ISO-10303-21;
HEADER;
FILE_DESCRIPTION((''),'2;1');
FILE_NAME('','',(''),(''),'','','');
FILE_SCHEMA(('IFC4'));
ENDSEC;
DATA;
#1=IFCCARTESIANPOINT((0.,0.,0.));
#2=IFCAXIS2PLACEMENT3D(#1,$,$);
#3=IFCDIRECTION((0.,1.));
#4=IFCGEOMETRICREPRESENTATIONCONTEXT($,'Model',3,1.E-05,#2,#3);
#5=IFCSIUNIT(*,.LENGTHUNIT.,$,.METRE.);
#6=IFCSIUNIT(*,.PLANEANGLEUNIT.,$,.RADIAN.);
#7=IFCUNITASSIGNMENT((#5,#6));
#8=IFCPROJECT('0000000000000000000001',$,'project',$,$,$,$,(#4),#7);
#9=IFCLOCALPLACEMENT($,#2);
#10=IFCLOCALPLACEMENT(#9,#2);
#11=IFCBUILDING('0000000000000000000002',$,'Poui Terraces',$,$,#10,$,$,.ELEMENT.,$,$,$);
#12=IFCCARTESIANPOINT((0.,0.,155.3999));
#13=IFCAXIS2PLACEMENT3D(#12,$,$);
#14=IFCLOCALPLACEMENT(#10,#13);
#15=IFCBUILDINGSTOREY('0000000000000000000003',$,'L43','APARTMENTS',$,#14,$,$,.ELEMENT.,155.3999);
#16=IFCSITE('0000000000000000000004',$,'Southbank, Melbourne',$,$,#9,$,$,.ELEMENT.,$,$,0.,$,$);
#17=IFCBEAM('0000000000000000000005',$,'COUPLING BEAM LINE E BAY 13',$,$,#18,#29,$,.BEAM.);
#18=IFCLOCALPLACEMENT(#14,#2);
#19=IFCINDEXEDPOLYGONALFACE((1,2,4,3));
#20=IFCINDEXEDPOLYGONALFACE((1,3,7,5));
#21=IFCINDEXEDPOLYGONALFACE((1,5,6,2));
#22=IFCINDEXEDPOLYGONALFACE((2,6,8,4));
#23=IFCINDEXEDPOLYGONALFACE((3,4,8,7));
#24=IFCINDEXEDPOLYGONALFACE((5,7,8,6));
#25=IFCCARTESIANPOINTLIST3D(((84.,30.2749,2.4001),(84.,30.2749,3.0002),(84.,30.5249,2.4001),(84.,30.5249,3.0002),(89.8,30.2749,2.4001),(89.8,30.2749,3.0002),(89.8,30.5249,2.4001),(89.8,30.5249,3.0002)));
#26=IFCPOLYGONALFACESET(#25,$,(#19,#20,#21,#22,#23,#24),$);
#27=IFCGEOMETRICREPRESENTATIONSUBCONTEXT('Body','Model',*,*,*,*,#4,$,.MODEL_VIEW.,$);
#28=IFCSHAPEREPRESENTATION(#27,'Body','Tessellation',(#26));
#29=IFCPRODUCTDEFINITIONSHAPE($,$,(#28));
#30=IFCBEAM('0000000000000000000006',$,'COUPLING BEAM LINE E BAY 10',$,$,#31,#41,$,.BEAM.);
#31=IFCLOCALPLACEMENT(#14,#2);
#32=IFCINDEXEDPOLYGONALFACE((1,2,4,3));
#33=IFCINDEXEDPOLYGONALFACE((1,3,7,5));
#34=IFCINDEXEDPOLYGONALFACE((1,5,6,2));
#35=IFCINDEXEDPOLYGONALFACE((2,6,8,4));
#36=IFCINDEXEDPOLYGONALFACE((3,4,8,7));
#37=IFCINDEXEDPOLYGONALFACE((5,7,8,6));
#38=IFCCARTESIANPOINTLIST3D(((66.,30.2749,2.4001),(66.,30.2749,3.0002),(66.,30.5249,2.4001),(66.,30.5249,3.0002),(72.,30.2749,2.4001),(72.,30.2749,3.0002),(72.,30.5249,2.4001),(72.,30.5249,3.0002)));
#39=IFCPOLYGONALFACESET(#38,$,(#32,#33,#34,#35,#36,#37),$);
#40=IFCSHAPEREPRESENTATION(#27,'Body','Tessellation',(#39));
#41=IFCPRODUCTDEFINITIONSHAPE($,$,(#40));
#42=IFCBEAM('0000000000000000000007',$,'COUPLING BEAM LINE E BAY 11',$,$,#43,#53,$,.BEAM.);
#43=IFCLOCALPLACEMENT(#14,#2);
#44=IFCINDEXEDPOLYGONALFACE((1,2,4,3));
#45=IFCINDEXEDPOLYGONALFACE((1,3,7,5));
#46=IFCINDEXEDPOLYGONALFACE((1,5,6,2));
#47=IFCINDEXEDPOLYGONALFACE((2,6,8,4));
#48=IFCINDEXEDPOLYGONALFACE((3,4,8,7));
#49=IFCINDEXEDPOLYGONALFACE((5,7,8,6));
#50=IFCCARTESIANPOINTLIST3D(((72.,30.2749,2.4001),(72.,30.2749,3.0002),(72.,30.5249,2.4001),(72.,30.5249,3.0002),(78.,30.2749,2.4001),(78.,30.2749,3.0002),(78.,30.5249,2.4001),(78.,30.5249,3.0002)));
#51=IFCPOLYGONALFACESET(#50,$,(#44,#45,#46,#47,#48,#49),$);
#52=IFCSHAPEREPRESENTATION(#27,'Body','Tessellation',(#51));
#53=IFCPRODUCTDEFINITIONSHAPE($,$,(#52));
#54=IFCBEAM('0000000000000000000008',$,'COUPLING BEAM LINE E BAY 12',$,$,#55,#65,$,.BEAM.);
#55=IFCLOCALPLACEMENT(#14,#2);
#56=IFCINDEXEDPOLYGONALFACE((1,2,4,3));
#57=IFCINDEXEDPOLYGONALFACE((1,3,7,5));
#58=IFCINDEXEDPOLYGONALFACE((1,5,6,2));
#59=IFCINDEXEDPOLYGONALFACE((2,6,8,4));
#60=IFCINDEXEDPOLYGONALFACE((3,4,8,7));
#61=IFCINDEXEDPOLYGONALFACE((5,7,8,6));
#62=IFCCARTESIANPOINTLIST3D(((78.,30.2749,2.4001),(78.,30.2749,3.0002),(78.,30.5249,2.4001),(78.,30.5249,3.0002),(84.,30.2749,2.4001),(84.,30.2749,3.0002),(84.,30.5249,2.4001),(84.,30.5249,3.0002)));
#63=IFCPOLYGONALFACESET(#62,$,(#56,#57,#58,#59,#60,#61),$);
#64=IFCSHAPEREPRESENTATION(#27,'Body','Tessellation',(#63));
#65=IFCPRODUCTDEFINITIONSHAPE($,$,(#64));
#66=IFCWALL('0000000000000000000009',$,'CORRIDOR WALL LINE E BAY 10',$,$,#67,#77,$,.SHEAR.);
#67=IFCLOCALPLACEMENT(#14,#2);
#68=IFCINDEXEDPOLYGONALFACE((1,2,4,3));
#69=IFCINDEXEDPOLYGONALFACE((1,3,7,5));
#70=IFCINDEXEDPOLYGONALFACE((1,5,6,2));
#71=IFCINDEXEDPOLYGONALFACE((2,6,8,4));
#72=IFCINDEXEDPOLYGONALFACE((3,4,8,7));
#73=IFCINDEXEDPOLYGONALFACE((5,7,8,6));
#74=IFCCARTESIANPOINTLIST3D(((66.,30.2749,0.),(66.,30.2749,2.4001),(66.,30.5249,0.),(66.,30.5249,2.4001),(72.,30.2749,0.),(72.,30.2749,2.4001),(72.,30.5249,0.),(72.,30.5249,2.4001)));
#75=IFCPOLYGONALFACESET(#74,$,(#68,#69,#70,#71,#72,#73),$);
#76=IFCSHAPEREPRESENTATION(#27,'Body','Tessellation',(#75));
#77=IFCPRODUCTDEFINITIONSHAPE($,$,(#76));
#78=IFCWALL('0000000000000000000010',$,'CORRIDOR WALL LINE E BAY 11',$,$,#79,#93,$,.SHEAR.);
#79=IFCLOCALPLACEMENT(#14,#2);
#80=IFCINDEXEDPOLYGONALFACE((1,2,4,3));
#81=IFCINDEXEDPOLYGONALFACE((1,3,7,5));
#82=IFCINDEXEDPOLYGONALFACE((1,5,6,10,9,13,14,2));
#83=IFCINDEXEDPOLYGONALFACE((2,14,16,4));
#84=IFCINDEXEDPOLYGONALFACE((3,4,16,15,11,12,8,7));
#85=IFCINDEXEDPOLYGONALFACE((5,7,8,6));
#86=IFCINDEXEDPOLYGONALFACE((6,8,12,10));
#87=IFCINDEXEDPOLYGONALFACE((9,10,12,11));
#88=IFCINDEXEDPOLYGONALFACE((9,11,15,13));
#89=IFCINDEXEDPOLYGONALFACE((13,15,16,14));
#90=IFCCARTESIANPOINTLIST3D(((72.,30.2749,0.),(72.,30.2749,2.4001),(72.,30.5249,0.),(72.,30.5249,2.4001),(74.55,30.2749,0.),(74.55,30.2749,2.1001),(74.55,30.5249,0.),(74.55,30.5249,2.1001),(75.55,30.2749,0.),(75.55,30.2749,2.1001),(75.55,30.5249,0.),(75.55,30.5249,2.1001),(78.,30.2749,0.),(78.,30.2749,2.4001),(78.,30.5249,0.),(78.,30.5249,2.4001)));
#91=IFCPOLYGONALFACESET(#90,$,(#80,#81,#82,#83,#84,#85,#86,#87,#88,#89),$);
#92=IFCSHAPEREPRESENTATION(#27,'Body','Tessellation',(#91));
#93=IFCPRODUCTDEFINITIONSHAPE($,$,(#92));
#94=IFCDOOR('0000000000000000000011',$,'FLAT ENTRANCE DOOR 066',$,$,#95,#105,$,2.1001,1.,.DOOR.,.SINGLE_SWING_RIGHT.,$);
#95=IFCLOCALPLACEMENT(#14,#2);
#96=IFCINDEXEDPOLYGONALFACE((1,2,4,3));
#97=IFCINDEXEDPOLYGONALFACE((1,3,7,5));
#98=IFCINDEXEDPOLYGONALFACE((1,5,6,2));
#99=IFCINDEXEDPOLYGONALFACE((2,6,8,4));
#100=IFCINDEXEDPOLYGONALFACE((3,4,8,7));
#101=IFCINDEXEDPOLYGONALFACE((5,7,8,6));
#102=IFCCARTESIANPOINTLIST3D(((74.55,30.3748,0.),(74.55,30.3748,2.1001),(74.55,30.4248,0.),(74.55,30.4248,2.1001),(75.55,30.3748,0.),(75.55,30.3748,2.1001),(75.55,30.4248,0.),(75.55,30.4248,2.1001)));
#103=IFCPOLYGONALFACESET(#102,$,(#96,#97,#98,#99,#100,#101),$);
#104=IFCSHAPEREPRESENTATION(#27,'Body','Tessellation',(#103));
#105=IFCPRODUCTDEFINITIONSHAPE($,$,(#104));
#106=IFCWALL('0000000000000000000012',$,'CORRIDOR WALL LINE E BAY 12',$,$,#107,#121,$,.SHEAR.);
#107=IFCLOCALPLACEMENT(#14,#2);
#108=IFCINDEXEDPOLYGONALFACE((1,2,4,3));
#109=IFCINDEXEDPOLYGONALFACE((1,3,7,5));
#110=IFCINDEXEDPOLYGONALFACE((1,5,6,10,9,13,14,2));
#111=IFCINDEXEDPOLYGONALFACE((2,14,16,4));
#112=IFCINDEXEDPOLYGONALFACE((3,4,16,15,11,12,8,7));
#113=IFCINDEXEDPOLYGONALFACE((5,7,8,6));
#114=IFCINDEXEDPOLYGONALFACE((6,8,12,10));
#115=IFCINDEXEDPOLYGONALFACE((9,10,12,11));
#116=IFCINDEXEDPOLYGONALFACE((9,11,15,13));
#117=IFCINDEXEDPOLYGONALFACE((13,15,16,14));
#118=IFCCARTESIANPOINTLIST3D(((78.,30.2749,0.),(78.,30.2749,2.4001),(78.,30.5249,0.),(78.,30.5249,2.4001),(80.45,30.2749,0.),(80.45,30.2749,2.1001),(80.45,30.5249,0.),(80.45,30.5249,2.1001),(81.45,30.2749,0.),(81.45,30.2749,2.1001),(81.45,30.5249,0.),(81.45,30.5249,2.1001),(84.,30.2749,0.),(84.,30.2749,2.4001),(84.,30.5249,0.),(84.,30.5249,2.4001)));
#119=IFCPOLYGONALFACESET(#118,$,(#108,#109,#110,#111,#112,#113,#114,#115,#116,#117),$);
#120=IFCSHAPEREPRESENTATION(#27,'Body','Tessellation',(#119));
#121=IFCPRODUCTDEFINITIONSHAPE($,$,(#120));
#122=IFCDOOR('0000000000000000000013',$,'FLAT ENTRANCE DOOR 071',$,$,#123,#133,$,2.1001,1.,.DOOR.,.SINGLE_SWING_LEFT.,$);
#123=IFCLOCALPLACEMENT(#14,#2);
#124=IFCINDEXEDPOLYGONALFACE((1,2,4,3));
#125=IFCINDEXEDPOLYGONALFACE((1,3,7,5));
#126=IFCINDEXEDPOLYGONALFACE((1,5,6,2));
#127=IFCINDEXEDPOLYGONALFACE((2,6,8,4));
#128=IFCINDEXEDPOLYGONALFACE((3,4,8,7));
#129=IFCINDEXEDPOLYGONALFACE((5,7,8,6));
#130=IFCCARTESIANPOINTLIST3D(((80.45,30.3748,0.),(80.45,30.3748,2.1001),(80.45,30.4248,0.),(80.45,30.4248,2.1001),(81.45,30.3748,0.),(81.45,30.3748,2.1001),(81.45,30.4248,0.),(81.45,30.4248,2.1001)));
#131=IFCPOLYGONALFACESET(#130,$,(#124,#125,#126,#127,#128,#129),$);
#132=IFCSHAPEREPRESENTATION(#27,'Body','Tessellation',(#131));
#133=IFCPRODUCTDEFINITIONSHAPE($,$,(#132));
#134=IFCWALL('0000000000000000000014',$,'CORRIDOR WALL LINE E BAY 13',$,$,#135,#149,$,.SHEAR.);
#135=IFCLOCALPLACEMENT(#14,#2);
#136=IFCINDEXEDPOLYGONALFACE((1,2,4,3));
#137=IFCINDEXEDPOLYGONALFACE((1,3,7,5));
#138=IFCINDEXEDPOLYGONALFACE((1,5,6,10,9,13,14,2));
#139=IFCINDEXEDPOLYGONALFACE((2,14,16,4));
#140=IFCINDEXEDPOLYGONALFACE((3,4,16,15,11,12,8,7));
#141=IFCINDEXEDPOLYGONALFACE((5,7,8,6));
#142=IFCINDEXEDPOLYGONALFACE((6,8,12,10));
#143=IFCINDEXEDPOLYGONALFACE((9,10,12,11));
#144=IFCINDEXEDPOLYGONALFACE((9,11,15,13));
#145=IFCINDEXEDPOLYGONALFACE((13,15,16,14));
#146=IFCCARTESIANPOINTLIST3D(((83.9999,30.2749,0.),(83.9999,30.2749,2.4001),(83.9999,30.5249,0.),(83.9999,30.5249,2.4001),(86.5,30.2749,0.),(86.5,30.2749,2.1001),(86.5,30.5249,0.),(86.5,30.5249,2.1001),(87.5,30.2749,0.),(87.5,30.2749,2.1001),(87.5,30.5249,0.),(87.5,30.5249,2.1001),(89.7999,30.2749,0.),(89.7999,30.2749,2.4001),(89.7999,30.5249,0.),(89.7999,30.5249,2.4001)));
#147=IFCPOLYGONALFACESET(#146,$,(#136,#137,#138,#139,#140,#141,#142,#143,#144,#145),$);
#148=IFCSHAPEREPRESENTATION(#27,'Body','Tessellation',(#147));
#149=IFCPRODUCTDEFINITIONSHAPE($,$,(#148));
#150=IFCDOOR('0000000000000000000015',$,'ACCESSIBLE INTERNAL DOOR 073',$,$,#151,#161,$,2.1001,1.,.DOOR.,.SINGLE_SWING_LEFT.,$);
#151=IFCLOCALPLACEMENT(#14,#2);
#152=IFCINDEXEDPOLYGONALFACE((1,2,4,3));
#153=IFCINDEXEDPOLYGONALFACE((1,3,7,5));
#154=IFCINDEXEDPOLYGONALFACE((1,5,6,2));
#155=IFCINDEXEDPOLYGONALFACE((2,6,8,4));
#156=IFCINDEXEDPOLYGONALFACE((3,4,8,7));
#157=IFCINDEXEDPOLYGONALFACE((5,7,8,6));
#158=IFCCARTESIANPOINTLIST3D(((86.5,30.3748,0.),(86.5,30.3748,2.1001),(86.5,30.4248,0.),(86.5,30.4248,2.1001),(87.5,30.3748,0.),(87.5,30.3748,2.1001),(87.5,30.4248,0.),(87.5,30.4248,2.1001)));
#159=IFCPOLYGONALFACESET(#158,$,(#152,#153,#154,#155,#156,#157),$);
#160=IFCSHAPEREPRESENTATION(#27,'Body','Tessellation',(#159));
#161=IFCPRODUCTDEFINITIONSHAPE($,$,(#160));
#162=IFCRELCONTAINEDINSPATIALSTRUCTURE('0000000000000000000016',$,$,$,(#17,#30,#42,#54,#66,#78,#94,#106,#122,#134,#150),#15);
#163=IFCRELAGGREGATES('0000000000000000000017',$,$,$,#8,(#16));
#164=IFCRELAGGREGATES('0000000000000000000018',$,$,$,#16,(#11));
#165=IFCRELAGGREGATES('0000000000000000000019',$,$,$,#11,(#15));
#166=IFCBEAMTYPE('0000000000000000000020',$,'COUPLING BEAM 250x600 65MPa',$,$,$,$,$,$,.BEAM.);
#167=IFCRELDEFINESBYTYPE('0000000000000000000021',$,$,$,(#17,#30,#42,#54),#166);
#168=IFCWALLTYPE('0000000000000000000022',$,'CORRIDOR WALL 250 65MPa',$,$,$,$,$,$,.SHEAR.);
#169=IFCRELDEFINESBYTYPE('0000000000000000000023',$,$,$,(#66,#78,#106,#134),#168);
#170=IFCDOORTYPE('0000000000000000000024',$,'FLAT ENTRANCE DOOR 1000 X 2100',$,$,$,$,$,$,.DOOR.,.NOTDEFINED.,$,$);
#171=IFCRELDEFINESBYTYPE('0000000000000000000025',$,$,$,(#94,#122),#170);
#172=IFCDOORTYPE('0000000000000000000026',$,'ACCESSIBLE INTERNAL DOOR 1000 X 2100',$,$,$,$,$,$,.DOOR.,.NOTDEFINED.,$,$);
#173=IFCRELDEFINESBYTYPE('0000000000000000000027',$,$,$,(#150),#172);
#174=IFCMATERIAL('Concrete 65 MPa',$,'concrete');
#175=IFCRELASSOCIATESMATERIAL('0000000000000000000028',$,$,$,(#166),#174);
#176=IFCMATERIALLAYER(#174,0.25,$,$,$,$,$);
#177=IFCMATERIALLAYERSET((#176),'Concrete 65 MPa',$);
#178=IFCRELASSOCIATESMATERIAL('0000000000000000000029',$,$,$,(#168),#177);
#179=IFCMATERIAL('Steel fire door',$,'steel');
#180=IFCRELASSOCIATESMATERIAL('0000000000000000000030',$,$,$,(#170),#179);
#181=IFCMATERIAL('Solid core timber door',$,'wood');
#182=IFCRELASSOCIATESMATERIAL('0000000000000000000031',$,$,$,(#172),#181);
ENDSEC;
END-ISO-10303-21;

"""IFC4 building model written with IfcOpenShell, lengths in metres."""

from ifc_helpers import new_model, si_unit, direction, frame, frame_2d, origin, origin_2d, place, context, subcontext, project, spatial, rectangle, extrude, source, transform, mapped, material, layer, layer_set, material_profile, profile_set, type_object, element, fill, save


model = new_model("IFC4")

# Units and contexts
model_context = context("Model", 3, precision=1e-05, world=origin(), true_north=direction((0.0, 1.0)))
body_context = subcontext(model_context, "Body", "Model", "MODEL_VIEW")
ifc_project = project(units=[si_unit("LENGTHUNIT", "METRE"), si_unit("PLANEANGLEUNIT", "RADIAN")], contexts=[model_context])

# Site, building, storey
site_placement = place(None, origin())
site = spatial("IfcSite", under=ifc_project, at=site_placement, Name="Southbank, Melbourne", CompositionType="ELEMENT", RefElevation=0.0)
building_placement = place(site_placement, origin())
building = spatial("IfcBuilding", under=site, at=building_placement, Name="Poui Terraces", CompositionType="ELEMENT")
storey_placement = place(building_placement, frame((0.0, 0.0, 155.3999)))
storey = spatial("IfcBuildingStorey", under=building, at=storey_placement, Name="L43", Description="APARTMENTS", CompositionType="ELEMENT", Elevation=155.3999)

# Beams
ifc_material_1 = material(Name="Concrete 65 MPa", Category="concrete")
ifc_material_profile = material_profile(ifc_material_1, rectangle(XDim=0.25, YDim=0.6001, at=origin_2d()), Name="RC 250x600")
ifc_profile_set = profile_set([ifc_material_profile], Name="Concrete 65 MPa")
beam_type = type_object("IfcBeamType", Name="COUPLING BEAM 250x600 65MPa", PredefinedType="BEAM", material=ifc_profile_set)
shared_shape_1 = source(origin(), body_context, "Body", "SweptSolid", [
    extrude(rectangle(XDim=0.25, YDim=0.6001, at=origin_2d()), origin(), (0.0, 0.0, 1.0), 5.8),
])
beam_placement = place(storey_placement, frame((84.0, 30.3999, 2.7002), z_axis=(1.0, 0.0, 0.0), x_axis=(0.0, 1.0, 0.0)))
element("IfcBeam", 1, at=beam_placement, inside=storey, type_object=beam_type, Name="COUPLING BEAM LINE E BAY 13", PredefinedType="BEAM", context=body_context, shape_type="MappedRepresentation", body=[
    mapped(shared_shape_1, transform((0.0, 0.0, 0.0))),
])
shared_shape_2 = source(origin(), body_context, "Body", "SweptSolid", [
    extrude(rectangle(XDim=0.25, YDim=0.6001, at=origin_2d()), origin(), (0.0, 0.0, 1.0), 6.0),
])
for number, where, z_axis, x_axis, name in (
    (2, (66.0, 30.3999, 2.7002), (1.0, 0.0, 0.0), (0.0, 1.0, 0.0), "COUPLING BEAM LINE E BAY 10"),
    (3, (72.0, 30.3999, 2.7002), (1.0, 0.0, 0.0), (0.0, 1.0, 0.0), "COUPLING BEAM LINE E BAY 11"),
    (4, (78.0, 30.3999, 2.7002), (1.0, 0.0, 0.0), (0.0, 1.0, 0.0), "COUPLING BEAM LINE E BAY 12"),
):
    element("IfcBeam", number, at=place(storey_placement, frame(where, z_axis=z_axis, x_axis=x_axis)), inside=storey, type_object=beam_type, Name=name, PredefinedType="BEAM", context=body_context, shape_type="MappedRepresentation", body=[
        mapped(shared_shape_2, transform((0.0, 0.0, 0.0))),
    ])

# Wall
ifc_layer_1 = layer(ifc_material_1, 0.25)
ifc_layer_set_1 = layer_set([ifc_layer_1], Name="Concrete 65 MPa")
wall_type_1 = type_object("IfcWallType", Name="CORRIDOR WALL 250 65MPa", PredefinedType="SHEAR", material=ifc_layer_set_1)
wall_1_placement = place(storey_placement, frame((66.0, 30.3999, 0.0), z_axis=(0.0, 0.0, 1.0), x_axis=(1.0, 0.0, 0.0)))
element("IfcWall", 5, at=wall_1_placement, inside=storey, type_object=wall_type_1, Name="CORRIDOR WALL LINE E BAY 10", PredefinedType="SHEAR", context=body_context, shape_type="SweptSolid", body=[
    extrude(rectangle(XDim=6.0, YDim=0.25, at=frame_2d((3.0, 0.0))), origin(), (0.0, 0.0, 1.0), 2.4001),
])

# Walls, openings, doors
wall_2_placement = place(storey_placement, frame((72.0, 30.3999, 0.0), z_axis=(0.0, 0.0, 1.0), x_axis=(1.0, 0.0, 0.0)))
wall_2 = element("IfcWall", 6, at=wall_2_placement, inside=storey, type_object=wall_type_1, Name="CORRIDOR WALL LINE E BAY 11", PredefinedType="SHEAR", context=body_context, shape_type="SweptSolid", body=[
    extrude(rectangle(XDim=6.0, YDim=0.25, at=frame_2d((3.0, 0.0))), origin(), (0.0, 0.0, 1.0), 2.4001),
])
opening_1_placement = place(wall_2_placement, frame((2.55, 0.0, 0.0)))
opening_1 = element("IfcOpeningElement", 7, at=opening_1_placement, cuts=wall_2, PredefinedType="OPENING", context=body_context, shape_type="SweptSolid", body=[
    extrude(rectangle(XDim=1.0, YDim=2.1001, at=frame_2d((0.5, 1.05))), frame((0.0, 0.135, 0.0), z_axis=(0.0, -1.0, 0.0), x_axis=(1.0, 0.0, 0.0)), (0.0, 0.0, 1.0), 0.27),
])
ifc_material_2 = material(Name="Steel fire door", Category="steel")
door_type_1 = type_object("IfcDoorType", Name="FLAT ENTRANCE DOOR 1000 X 2100", OperationType="NOTDEFINED", PredefinedType="DOOR", material=ifc_material_2)
door_1_placement = place(opening_1_placement, origin())
door_1 = element("IfcDoor", 8, at=door_1_placement, inside=storey, type_object=door_type_1, Name="FLAT ENTRANCE DOOR 066", OperationType="SINGLE_SWING_RIGHT", OverallHeight=2.1001, OverallWidth=1.0, PredefinedType="DOOR", context=body_context, shape_type="SweptSolid", body=[
    extrude(rectangle(XDim=1.0, YDim=2.1001, at=frame_2d((0.5, 1.05))), frame((0.0, 0.0249, 0.0), z_axis=(0.0, -1.0, 0.0), x_axis=(1.0, 0.0, 0.0)), (0.0, 0.0, 1.0), 0.05),
])
fill(opening_1, door_1)
wall_3_placement = place(storey_placement, frame((78.0, 30.3999, 0.0), z_axis=(0.0, 0.0, 1.0), x_axis=(1.0, 0.0, 0.0)))
wall_3 = element("IfcWall", 9, at=wall_3_placement, inside=storey, type_object=wall_type_1, Name="CORRIDOR WALL LINE E BAY 12", PredefinedType="SHEAR", context=body_context, shape_type="SweptSolid", body=[
    extrude(rectangle(XDim=6.0, YDim=0.25, at=frame_2d((3.0, 0.0))), origin(), (0.0, 0.0, 1.0), 2.4001),
])
opening_2_placement = place(wall_3_placement, frame((2.45, 0.0, 0.0)))
opening_2 = element("IfcOpeningElement", 10, at=opening_2_placement, cuts=wall_3, PredefinedType="OPENING", context=body_context, shape_type="SweptSolid", body=[
    extrude(rectangle(XDim=1.0, YDim=2.1001, at=frame_2d((0.5, 1.05))), frame((0.0, 0.135, 0.0), z_axis=(0.0, -1.0, 0.0), x_axis=(1.0, 0.0, 0.0)), (0.0, 0.0, 1.0), 0.27),
])
door_2_placement = place(opening_2_placement, origin())
door_2 = element("IfcDoor", 11, at=door_2_placement, inside=storey, type_object=door_type_1, Name="FLAT ENTRANCE DOOR 071", OperationType="SINGLE_SWING_LEFT", OverallHeight=2.1001, OverallWidth=1.0, PredefinedType="DOOR", context=body_context, shape_type="SweptSolid", body=[
    extrude(rectangle(XDim=1.0, YDim=2.1001, at=frame_2d((0.5, 1.05))), frame((0.0, 0.0249, 0.0), z_axis=(0.0, -1.0, 0.0), x_axis=(1.0, 0.0, 0.0)), (0.0, 0.0, 1.0), 0.05),
])
fill(opening_2, door_2)
wall_4_placement = place(storey_placement, frame((84.0, 30.3999, 0.0), z_axis=(0.0, 0.0, 1.0), x_axis=(1.0, 0.0, 0.0)))
wall_4 = element("IfcWall", 12, at=wall_4_placement, inside=storey, type_object=wall_type_1, Name="CORRIDOR WALL LINE E BAY 13", PredefinedType="SHEAR", context=body_context, shape_type="SweptSolid", body=[
    extrude(rectangle(XDim=5.8, YDim=0.25, at=frame_2d((2.8999, 0.0))), origin(), (0.0, 0.0, 1.0), 2.4001),
])
opening_3_placement = place(wall_4_placement, frame((2.5, 0.0, 0.0)))
opening_3 = element("IfcOpeningElement", 13, at=opening_3_placement, cuts=wall_4, PredefinedType="OPENING", context=body_context, shape_type="SweptSolid", body=[
    extrude(rectangle(XDim=1.0, YDim=2.1001, at=frame_2d((0.5, 1.05))), frame((0.0, 0.135, 0.0), z_axis=(0.0, -1.0, 0.0), x_axis=(1.0, 0.0, 0.0)), (0.0, 0.0, 1.0), 0.27),
])
ifc_material_3 = material(Name="Solid core timber door", Category="wood")
door_type_2 = type_object("IfcDoorType", Name="ACCESSIBLE INTERNAL DOOR 1000 X 2100", OperationType="NOTDEFINED", PredefinedType="DOOR", material=ifc_material_3)
door_3_placement = place(opening_3_placement, origin())
door_3 = element("IfcDoor", 14, at=door_3_placement, inside=storey, type_object=door_type_2, Name="ACCESSIBLE INTERNAL DOOR 073", OperationType="SINGLE_SWING_LEFT", OverallHeight=2.1001, OverallWidth=1.0, PredefinedType="DOOR", context=body_context, shape_type="SweptSolid", body=[
    extrude(rectangle(XDim=1.0, YDim=2.1001, at=frame_2d((0.5, 1.05))), frame((0.0, 0.0249, 0.0), z_axis=(0.0, -1.0, 0.0), x_axis=(1.0, 0.0, 0.0)), (0.0, 0.0, 1.0), 0.05),
])
fill(opening_3, door_3)

save(model, "model.ifc")
